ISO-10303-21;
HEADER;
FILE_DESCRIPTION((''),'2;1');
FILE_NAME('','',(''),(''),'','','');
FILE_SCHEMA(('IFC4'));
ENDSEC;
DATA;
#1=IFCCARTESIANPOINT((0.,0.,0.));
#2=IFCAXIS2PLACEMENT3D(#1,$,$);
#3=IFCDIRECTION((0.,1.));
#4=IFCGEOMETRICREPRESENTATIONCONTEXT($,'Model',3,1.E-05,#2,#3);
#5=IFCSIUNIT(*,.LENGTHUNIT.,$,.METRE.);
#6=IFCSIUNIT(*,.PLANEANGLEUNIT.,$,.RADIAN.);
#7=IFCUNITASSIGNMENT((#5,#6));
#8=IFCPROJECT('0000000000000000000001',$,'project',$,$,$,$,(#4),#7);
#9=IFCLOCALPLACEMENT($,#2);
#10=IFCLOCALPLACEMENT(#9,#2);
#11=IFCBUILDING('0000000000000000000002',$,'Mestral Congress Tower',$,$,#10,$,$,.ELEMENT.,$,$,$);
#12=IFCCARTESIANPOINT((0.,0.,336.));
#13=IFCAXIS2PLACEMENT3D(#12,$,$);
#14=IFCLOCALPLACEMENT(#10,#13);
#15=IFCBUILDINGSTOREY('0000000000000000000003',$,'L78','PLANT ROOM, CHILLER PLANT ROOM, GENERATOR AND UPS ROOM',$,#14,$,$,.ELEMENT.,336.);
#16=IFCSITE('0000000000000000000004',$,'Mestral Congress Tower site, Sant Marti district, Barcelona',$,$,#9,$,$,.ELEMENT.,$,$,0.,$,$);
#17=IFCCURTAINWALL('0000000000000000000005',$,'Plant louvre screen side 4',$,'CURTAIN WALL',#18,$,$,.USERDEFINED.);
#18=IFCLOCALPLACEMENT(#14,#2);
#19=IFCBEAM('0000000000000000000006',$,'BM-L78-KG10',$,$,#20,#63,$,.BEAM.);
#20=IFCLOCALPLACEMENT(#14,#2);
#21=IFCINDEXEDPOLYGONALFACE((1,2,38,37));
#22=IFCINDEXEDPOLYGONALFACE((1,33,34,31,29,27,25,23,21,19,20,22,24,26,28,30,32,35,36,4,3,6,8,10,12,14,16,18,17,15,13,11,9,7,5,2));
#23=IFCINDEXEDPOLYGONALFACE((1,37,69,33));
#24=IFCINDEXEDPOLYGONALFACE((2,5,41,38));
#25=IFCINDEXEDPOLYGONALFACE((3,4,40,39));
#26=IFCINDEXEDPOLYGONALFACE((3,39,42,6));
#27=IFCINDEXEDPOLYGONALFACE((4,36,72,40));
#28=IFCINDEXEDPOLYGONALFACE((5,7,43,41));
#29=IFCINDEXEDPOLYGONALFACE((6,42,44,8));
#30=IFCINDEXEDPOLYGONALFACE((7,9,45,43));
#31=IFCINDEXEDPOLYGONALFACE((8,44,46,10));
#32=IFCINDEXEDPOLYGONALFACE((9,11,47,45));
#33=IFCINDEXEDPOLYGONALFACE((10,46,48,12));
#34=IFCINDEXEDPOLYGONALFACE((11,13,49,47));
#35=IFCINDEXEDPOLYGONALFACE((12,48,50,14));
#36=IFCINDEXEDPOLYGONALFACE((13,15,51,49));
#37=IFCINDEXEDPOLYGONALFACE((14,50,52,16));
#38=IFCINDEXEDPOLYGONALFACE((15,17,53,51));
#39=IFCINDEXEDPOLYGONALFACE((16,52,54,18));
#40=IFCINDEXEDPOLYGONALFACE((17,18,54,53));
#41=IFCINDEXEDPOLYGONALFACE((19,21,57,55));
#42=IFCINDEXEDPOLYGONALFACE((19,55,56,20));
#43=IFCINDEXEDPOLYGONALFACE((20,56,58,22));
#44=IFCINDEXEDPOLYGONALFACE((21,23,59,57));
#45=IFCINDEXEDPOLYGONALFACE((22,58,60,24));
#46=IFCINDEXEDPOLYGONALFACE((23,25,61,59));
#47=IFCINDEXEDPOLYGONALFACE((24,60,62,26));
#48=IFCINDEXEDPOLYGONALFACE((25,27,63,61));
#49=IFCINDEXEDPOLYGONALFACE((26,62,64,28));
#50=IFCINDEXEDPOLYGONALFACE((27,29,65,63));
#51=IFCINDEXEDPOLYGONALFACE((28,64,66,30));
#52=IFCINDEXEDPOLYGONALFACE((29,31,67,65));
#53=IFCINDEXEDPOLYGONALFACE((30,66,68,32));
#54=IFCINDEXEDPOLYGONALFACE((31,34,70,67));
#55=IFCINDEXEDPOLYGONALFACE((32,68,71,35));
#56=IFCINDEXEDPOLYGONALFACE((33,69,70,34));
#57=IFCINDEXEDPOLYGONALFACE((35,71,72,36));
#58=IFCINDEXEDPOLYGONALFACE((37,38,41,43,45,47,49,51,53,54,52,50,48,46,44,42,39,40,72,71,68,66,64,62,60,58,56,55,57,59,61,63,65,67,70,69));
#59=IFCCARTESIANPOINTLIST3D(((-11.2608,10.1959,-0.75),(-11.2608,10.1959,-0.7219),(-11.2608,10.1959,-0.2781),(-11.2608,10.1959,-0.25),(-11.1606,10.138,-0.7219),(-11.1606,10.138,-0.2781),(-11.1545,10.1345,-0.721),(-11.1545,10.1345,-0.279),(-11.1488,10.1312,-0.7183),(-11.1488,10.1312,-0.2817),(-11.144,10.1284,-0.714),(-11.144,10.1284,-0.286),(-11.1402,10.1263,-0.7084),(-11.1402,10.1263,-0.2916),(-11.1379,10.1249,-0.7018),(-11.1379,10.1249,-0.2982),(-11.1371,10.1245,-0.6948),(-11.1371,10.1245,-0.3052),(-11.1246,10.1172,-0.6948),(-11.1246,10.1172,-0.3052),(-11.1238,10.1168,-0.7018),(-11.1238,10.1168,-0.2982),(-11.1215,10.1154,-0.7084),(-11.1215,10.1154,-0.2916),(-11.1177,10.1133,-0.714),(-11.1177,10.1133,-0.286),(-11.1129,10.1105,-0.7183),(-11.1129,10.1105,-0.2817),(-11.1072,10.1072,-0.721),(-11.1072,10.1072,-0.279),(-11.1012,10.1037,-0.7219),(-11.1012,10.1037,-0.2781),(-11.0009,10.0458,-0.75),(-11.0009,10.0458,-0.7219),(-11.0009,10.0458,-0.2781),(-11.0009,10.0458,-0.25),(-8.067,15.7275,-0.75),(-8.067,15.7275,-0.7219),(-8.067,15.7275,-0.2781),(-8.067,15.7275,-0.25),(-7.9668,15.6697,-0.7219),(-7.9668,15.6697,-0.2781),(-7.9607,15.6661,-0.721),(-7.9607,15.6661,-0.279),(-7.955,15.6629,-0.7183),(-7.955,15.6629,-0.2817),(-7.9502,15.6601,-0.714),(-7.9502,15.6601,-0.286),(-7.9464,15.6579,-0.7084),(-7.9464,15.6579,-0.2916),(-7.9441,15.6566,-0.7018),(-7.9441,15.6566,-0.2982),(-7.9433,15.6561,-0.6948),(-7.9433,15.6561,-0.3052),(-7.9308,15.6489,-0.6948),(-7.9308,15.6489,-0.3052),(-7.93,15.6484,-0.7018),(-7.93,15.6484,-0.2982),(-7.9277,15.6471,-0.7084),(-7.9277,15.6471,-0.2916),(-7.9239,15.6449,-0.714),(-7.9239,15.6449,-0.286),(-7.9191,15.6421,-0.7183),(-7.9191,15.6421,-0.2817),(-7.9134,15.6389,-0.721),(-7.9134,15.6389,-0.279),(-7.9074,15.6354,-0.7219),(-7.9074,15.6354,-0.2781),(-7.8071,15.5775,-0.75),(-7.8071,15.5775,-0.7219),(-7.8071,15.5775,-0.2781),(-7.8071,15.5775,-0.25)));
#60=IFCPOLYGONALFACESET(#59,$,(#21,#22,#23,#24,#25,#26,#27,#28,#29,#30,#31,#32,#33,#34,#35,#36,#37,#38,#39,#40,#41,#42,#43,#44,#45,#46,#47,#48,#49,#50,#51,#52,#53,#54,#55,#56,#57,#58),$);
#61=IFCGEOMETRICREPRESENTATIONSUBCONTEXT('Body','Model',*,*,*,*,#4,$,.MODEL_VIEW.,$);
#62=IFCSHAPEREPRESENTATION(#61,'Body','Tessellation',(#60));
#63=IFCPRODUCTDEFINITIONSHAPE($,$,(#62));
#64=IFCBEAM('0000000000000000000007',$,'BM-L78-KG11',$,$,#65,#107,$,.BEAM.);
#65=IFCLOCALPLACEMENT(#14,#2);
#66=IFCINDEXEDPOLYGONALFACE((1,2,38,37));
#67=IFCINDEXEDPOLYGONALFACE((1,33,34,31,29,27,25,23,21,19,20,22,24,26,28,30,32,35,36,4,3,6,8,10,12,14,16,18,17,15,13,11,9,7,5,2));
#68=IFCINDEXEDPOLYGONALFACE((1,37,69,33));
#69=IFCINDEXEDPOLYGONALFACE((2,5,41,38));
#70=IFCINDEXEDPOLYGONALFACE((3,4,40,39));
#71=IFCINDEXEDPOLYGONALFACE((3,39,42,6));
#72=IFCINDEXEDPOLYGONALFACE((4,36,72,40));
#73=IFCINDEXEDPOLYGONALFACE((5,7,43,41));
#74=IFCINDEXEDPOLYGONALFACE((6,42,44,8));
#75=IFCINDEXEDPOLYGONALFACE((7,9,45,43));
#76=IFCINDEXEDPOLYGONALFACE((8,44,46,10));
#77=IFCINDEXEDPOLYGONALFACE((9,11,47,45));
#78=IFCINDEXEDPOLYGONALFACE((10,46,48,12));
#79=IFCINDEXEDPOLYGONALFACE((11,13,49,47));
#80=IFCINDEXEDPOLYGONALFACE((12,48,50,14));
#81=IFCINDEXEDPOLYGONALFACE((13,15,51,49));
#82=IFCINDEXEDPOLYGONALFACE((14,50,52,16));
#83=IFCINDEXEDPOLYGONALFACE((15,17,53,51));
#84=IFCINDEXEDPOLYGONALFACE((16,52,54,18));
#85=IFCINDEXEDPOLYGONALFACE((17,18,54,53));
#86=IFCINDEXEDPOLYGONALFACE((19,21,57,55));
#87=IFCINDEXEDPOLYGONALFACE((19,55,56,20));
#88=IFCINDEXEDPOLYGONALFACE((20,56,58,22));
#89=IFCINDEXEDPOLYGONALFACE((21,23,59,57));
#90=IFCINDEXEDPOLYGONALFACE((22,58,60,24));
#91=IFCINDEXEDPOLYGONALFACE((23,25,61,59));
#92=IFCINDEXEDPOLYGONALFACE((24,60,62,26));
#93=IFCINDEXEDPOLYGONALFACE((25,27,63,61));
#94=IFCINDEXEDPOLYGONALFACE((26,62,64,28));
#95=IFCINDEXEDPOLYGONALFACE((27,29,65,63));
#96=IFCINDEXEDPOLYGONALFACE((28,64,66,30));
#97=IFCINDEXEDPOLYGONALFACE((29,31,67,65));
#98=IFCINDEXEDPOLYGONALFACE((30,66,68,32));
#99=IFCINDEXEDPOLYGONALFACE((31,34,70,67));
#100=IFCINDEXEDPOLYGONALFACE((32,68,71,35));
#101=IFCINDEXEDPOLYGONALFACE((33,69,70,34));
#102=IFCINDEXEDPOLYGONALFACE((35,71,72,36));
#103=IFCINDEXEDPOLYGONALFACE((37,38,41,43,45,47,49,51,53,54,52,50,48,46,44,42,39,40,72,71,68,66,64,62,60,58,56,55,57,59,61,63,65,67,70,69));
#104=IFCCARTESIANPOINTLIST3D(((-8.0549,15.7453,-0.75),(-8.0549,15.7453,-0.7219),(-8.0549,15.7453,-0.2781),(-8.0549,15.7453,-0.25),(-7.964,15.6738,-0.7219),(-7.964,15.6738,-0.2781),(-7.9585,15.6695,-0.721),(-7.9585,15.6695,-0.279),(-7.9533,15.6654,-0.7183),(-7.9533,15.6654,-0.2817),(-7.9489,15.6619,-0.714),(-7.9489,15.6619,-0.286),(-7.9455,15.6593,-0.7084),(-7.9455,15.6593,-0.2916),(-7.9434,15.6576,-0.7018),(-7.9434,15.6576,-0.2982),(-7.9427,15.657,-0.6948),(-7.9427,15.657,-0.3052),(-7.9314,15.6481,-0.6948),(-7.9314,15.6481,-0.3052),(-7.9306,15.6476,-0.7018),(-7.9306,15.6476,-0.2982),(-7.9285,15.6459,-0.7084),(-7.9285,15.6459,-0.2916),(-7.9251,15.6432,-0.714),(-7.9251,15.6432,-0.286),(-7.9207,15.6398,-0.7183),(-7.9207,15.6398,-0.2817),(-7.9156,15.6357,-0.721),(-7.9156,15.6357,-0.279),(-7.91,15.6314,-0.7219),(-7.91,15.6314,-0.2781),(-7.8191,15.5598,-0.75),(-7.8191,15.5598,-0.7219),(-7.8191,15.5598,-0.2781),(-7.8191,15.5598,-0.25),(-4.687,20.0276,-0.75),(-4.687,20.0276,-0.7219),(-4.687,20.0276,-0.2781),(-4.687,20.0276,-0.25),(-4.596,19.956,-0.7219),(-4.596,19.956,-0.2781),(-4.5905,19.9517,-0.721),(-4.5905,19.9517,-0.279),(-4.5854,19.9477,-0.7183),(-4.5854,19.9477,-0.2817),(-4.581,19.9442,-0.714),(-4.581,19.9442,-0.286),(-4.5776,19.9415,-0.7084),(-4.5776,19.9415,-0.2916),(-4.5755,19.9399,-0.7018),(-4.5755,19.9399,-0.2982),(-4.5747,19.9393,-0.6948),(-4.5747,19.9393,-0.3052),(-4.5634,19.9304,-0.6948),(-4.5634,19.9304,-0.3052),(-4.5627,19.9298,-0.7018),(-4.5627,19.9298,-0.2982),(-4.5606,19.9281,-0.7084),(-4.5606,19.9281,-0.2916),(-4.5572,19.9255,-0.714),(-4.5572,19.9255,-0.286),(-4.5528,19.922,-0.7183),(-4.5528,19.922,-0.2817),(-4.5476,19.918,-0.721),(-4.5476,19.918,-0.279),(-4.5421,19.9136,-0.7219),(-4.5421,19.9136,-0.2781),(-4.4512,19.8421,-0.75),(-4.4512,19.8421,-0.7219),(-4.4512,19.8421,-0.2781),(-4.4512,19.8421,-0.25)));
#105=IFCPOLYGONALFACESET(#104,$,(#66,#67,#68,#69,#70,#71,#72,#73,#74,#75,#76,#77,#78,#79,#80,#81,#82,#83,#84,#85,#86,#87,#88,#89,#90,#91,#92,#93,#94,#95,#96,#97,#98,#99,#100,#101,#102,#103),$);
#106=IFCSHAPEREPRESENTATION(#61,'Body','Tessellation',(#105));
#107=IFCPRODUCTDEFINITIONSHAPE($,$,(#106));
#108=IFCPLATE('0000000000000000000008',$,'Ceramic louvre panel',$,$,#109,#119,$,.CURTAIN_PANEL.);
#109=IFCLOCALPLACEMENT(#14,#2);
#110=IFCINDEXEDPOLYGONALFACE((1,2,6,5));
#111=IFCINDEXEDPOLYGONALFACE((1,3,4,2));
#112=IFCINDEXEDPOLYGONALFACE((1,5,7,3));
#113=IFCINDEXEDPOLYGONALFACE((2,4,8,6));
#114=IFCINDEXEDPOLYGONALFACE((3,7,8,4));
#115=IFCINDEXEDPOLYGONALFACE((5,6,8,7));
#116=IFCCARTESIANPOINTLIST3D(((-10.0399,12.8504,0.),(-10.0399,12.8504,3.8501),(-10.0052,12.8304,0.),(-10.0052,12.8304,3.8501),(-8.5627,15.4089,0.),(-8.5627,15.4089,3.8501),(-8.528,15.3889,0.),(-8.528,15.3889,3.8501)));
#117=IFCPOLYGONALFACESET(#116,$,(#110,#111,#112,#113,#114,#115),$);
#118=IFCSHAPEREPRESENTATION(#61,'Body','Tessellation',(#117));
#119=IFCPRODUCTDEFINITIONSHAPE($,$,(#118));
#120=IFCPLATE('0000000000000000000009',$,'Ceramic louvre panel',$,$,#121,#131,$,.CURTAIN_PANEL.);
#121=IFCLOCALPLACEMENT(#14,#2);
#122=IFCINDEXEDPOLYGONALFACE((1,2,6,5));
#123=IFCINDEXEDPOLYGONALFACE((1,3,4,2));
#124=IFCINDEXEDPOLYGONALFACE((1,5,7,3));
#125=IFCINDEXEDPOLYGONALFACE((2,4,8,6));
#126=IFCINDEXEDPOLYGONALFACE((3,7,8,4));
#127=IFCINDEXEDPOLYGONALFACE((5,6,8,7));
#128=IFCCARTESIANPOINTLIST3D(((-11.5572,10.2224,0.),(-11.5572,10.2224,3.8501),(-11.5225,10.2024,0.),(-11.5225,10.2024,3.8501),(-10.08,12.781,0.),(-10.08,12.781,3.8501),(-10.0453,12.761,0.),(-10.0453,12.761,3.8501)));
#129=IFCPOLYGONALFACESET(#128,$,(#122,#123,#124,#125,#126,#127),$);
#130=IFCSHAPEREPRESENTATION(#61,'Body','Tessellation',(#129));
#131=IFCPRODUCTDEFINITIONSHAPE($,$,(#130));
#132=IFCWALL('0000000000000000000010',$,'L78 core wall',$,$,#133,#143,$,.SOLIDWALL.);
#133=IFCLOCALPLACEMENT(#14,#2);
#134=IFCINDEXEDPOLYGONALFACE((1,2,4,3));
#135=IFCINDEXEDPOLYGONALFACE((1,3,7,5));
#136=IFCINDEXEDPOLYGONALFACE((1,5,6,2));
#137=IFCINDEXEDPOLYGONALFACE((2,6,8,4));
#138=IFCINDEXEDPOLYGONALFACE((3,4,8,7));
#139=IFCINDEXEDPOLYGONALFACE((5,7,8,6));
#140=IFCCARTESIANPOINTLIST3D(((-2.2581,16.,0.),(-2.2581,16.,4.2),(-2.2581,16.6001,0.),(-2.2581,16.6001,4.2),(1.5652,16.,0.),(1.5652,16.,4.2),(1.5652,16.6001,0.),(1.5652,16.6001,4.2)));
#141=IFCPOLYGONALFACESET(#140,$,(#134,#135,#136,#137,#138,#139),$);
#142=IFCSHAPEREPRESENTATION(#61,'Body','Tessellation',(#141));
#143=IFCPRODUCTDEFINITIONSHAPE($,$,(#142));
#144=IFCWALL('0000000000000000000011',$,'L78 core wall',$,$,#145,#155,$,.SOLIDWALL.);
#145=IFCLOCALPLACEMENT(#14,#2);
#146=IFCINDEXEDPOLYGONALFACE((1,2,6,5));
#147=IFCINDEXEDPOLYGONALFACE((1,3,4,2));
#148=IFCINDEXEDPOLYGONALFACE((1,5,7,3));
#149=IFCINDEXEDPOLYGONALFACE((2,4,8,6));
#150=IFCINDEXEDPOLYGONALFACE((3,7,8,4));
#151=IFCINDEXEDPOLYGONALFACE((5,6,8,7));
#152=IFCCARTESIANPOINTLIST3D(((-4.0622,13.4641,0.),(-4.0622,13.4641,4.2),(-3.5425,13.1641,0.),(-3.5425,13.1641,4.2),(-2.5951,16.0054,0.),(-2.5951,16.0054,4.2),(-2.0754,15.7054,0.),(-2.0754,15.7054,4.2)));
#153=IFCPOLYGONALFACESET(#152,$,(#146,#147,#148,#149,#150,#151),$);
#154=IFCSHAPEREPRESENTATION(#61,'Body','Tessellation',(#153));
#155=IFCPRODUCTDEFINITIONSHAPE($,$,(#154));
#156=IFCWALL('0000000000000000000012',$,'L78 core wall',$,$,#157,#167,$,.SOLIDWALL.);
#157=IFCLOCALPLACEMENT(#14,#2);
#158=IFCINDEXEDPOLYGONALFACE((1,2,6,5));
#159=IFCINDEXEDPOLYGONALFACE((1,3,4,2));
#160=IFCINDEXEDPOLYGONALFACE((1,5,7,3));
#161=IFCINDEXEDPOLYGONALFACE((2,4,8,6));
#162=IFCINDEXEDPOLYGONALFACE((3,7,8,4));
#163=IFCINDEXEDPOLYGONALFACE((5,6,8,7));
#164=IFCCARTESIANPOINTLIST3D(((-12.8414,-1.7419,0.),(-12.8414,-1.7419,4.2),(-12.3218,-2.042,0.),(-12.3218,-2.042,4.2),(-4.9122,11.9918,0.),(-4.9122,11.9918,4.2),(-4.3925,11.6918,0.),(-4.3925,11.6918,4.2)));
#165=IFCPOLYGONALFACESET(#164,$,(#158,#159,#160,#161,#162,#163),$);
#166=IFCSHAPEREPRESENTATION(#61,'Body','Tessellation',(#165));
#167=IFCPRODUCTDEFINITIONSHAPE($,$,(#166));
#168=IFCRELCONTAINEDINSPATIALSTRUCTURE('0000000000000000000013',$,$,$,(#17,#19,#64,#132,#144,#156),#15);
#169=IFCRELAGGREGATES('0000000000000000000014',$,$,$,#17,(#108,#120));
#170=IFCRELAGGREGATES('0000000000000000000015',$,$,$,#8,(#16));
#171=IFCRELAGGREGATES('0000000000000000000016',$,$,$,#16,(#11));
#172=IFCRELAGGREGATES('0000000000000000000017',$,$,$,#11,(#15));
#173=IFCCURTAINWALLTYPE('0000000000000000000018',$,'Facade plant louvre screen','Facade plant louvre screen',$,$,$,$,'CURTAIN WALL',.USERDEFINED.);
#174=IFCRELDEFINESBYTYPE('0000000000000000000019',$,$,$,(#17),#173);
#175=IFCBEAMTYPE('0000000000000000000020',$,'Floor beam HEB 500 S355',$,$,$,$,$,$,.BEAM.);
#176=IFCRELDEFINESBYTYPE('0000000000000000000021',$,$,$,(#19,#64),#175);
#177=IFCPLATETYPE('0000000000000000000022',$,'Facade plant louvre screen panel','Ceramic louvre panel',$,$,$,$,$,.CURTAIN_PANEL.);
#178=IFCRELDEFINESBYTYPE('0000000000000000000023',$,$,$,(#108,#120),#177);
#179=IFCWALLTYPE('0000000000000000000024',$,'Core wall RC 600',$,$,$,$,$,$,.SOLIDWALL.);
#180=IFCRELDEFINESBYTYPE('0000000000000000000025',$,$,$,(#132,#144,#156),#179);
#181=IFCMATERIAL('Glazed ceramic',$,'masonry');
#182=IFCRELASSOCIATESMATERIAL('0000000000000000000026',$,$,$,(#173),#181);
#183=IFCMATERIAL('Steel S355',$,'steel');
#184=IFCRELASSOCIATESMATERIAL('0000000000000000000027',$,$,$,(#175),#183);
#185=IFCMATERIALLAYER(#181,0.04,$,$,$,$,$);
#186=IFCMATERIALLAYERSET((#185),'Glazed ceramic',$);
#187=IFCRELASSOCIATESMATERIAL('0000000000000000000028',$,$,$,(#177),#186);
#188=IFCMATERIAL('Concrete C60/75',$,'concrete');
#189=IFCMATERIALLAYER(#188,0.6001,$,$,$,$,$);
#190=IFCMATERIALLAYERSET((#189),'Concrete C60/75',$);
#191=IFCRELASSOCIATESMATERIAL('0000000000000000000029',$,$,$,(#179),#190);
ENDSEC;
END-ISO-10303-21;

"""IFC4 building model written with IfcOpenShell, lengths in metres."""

from ifc_helpers import new_model, si_unit, direction, frame, frame_2d, origin, origin_2d, place, context, subcontext, project, spatial, rectangle, i_section, extrude, material, layer, layer_set, material_profile, profile_set, type_object, element, aggregate, save


model = new_model("IFC4")

# Units and contexts
model_context = context("Model", 3, precision=1e-05, world=origin(), true_north=direction((0.0, 1.0)))
body_context = subcontext(model_context, "Body", "Model", "MODEL_VIEW")
ifc_project = project(units=[si_unit("LENGTHUNIT", "METRE"), si_unit("PLANEANGLEUNIT", "RADIAN")], contexts=[model_context])

# Site, building, storey
site_placement = place(None, origin())
site = spatial("IfcSite", under=ifc_project, at=site_placement, Name="Mestral Congress Tower site, Sant Marti district, Barcelona", CompositionType="ELEMENT", RefElevation=0.0)
building_placement = place(site_placement, origin())
building = spatial("IfcBuilding", under=site, at=building_placement, Name="Mestral Congress Tower", CompositionType="ELEMENT")
storey_placement = place(building_placement, frame((0.0, 0.0, 336.0)))
storey = spatial("IfcBuildingStorey", under=building, at=storey_placement, Name="L78", Description="PLANT ROOM, CHILLER PLANT ROOM, GENERATOR AND UPS ROOM", CompositionType="ELEMENT", Elevation=336.0)

# Shared definitions
ifc_material_1 = material(Name="Steel S355", Category="steel")

# Curtain wall
ifc_material_2 = material(Name="Glazed ceramic", Category="masonry")
curtain_wall_type = type_object("IfcCurtainWallType", Name="Facade plant louvre screen", Description="Facade plant louvre screen", ElementType="CURTAIN WALL", PredefinedType="USERDEFINED", material=ifc_material_2)
placement = place(storey_placement, origin())
curtain_wall = element("IfcCurtainWall", 1, at=placement, inside=storey, type_object=curtain_wall_type, Name="Plant louvre screen side 4", ObjectType="CURTAIN WALL", PredefinedType="USERDEFINED")

# Beams
ifc_material_profile_1 = material_profile(ifc_material_1, i_section(OverallWidth=0.3, OverallDepth=0.5, WebThickness=0.0144, FlangeThickness=0.0281, FilletRadius=0.0271, at=origin_2d()), Name="HEB 500")
ifc_profile_set_1 = profile_set([ifc_material_profile_1], Name="Steel S355")
beam_type_1 = type_object("IfcBeamType", Name="Floor beam HEB 500 S355", PredefinedType="BEAM", material=ifc_profile_set_1)
beam_1_placement = place(storey_placement, frame((-11.1309, 10.1208, -0.5), z_axis=(0.500011, 0.866019, 0.0), x_axis=(-0.866019, 0.500011, 0.0)))
element("IfcBeam", 2, at=beam_1_placement, inside=storey, type_object=beam_type_1, Name="BM-L78-KG10", PredefinedType="BEAM", context=body_context, shape_type="SweptSolid", body=[
    extrude(i_section(OverallWidth=0.3, OverallDepth=0.5, WebThickness=0.0144, FlangeThickness=0.0281, FilletRadius=0.0271, at=origin_2d()), origin(), (0.0, 0.0, 1.0), 6.3875),
])
beam_2_placement = place(storey_placement, frame((-7.937, 15.6526, -0.5), z_axis=(0.618198, 0.786023, 0.0), x_axis=(-0.786023, 0.618198, 0.0)))
element("IfcBeam", 3, at=beam_2_placement, inside=storey, type_object=beam_type_1, Name="BM-L78-KG11", PredefinedType="BEAM", context=body_context, shape_type="SweptSolid", body=[
    extrude(i_section(OverallWidth=0.3, OverallDepth=0.5, WebThickness=0.0144, FlangeThickness=0.0281, FilletRadius=0.0271, at=origin_2d()), origin(), (0.0, 0.0, 1.0), 5.448),
])

# Plates
ifc_layer_1 = layer(ifc_material_2, 0.04)
ifc_layer_set_1 = layer_set([ifc_layer_1], Name="Glazed ceramic")
plate_type = type_object("IfcPlateType", Name="Facade plant louvre screen panel", Description="Ceramic louvre panel", PredefinedType="CURTAIN_PANEL", material=ifc_layer_set_1)
plate_1_placement = place(storey_placement, frame((-9.2839, 14.1196, 0.0), z_axis=(0.0, 0.0, 1.0), x_axis=(-0.500002, -0.866025, 0.0)))
plate_1 = element("IfcPlate", 4, at=plate_1_placement, type_object=plate_type, Name="Ceramic louvre panel", PredefinedType="CURTAIN_PANEL", context=body_context, shape_type="SweptSolid", body=[
    extrude(rectangle(XDim=2.9543, YDim=0.04, at=origin_2d()), origin(), (0.0, 0.0, 1.0), 3.8501),
])
plate_2_placement = place(storey_placement, frame((-10.8013, 11.4917, 0.0), z_axis=(0.0, 0.0, 1.0), x_axis=(-0.500002, -0.866025, 0.0)))
plate_2 = element("IfcPlate", 5, at=plate_2_placement, type_object=plate_type, Name="Ceramic louvre panel", PredefinedType="CURTAIN_PANEL", context=body_context, shape_type="SweptSolid", body=[
    extrude(rectangle(XDim=2.9543, YDim=0.04, at=origin_2d()), origin(), (0.0, 0.0, 1.0), 3.8501),
])
aggregate(curtain_wall, [plate_1, plate_2])

# Walls
ifc_material_3 = material(Name="Concrete C60/75", Category="concrete")
ifc_layer_2 = layer(ifc_material_3, 0.6001)
ifc_layer_set_2 = layer_set([ifc_layer_2], Name="Concrete C60/75")
wall_type_1 = type_object("IfcWallType", Name="Core wall RC 600", PredefinedType="SOLIDWALL", material=ifc_layer_set_2)
wall_1_placement = place(storey_placement, frame((-2.2581, 16.3, 0.0), z_axis=(0.0, 0.0, 1.0), x_axis=(1.0, 0.0, 0.0)))
element("IfcWall", 6, at=wall_1_placement, inside=storey, type_object=wall_type_1, Name="L78 core wall", PredefinedType="SOLIDWALL", context=body_context, shape_type="SweptSolid", body=[
    extrude(rectangle(XDim=3.8232, YDim=0.6001, at=frame_2d((1.9116, 0.0))), origin(), (0.0, 0.0, 1.0), 4.2),
])
wall_2_placement = place(storey_placement, frame((-2.3352, 15.8555, 0.0), z_axis=(0.0, 0.0, 1.0), x_axis=(-0.49996, -0.866048, 0.0)))
element("IfcWall", 7, at=wall_2_placement, inside=storey, type_object=wall_type_1, Name="L78 core wall", PredefinedType="SOLIDWALL", context=body_context, shape_type="SweptSolid", body=[
    extrude(rectangle(XDim=2.9343, YDim=0.6001, at=frame_2d((1.4673, 0.0))), origin(), (0.0, 0.0, 1.0), 4.2),
])
wall_3_placement = place(storey_placement, frame((-4.6523, 11.8418, 0.0), z_axis=(0.0, 0.0, 1.0), x_axis=(-0.500004, -0.866023, 0.0)))
element("IfcWall", 8, at=wall_3_placement, inside=storey, type_object=wall_type_1, Name="L78 core wall", PredefinedType="SOLIDWALL", context=body_context, shape_type="SweptSolid", body=[
    extrude(rectangle(XDim=15.8584, YDim=0.6001, at=frame_2d((7.9292, 0.0))), origin(), (0.0, 0.0, 1.0), 4.2),
])

save(model, "model.ifc")
